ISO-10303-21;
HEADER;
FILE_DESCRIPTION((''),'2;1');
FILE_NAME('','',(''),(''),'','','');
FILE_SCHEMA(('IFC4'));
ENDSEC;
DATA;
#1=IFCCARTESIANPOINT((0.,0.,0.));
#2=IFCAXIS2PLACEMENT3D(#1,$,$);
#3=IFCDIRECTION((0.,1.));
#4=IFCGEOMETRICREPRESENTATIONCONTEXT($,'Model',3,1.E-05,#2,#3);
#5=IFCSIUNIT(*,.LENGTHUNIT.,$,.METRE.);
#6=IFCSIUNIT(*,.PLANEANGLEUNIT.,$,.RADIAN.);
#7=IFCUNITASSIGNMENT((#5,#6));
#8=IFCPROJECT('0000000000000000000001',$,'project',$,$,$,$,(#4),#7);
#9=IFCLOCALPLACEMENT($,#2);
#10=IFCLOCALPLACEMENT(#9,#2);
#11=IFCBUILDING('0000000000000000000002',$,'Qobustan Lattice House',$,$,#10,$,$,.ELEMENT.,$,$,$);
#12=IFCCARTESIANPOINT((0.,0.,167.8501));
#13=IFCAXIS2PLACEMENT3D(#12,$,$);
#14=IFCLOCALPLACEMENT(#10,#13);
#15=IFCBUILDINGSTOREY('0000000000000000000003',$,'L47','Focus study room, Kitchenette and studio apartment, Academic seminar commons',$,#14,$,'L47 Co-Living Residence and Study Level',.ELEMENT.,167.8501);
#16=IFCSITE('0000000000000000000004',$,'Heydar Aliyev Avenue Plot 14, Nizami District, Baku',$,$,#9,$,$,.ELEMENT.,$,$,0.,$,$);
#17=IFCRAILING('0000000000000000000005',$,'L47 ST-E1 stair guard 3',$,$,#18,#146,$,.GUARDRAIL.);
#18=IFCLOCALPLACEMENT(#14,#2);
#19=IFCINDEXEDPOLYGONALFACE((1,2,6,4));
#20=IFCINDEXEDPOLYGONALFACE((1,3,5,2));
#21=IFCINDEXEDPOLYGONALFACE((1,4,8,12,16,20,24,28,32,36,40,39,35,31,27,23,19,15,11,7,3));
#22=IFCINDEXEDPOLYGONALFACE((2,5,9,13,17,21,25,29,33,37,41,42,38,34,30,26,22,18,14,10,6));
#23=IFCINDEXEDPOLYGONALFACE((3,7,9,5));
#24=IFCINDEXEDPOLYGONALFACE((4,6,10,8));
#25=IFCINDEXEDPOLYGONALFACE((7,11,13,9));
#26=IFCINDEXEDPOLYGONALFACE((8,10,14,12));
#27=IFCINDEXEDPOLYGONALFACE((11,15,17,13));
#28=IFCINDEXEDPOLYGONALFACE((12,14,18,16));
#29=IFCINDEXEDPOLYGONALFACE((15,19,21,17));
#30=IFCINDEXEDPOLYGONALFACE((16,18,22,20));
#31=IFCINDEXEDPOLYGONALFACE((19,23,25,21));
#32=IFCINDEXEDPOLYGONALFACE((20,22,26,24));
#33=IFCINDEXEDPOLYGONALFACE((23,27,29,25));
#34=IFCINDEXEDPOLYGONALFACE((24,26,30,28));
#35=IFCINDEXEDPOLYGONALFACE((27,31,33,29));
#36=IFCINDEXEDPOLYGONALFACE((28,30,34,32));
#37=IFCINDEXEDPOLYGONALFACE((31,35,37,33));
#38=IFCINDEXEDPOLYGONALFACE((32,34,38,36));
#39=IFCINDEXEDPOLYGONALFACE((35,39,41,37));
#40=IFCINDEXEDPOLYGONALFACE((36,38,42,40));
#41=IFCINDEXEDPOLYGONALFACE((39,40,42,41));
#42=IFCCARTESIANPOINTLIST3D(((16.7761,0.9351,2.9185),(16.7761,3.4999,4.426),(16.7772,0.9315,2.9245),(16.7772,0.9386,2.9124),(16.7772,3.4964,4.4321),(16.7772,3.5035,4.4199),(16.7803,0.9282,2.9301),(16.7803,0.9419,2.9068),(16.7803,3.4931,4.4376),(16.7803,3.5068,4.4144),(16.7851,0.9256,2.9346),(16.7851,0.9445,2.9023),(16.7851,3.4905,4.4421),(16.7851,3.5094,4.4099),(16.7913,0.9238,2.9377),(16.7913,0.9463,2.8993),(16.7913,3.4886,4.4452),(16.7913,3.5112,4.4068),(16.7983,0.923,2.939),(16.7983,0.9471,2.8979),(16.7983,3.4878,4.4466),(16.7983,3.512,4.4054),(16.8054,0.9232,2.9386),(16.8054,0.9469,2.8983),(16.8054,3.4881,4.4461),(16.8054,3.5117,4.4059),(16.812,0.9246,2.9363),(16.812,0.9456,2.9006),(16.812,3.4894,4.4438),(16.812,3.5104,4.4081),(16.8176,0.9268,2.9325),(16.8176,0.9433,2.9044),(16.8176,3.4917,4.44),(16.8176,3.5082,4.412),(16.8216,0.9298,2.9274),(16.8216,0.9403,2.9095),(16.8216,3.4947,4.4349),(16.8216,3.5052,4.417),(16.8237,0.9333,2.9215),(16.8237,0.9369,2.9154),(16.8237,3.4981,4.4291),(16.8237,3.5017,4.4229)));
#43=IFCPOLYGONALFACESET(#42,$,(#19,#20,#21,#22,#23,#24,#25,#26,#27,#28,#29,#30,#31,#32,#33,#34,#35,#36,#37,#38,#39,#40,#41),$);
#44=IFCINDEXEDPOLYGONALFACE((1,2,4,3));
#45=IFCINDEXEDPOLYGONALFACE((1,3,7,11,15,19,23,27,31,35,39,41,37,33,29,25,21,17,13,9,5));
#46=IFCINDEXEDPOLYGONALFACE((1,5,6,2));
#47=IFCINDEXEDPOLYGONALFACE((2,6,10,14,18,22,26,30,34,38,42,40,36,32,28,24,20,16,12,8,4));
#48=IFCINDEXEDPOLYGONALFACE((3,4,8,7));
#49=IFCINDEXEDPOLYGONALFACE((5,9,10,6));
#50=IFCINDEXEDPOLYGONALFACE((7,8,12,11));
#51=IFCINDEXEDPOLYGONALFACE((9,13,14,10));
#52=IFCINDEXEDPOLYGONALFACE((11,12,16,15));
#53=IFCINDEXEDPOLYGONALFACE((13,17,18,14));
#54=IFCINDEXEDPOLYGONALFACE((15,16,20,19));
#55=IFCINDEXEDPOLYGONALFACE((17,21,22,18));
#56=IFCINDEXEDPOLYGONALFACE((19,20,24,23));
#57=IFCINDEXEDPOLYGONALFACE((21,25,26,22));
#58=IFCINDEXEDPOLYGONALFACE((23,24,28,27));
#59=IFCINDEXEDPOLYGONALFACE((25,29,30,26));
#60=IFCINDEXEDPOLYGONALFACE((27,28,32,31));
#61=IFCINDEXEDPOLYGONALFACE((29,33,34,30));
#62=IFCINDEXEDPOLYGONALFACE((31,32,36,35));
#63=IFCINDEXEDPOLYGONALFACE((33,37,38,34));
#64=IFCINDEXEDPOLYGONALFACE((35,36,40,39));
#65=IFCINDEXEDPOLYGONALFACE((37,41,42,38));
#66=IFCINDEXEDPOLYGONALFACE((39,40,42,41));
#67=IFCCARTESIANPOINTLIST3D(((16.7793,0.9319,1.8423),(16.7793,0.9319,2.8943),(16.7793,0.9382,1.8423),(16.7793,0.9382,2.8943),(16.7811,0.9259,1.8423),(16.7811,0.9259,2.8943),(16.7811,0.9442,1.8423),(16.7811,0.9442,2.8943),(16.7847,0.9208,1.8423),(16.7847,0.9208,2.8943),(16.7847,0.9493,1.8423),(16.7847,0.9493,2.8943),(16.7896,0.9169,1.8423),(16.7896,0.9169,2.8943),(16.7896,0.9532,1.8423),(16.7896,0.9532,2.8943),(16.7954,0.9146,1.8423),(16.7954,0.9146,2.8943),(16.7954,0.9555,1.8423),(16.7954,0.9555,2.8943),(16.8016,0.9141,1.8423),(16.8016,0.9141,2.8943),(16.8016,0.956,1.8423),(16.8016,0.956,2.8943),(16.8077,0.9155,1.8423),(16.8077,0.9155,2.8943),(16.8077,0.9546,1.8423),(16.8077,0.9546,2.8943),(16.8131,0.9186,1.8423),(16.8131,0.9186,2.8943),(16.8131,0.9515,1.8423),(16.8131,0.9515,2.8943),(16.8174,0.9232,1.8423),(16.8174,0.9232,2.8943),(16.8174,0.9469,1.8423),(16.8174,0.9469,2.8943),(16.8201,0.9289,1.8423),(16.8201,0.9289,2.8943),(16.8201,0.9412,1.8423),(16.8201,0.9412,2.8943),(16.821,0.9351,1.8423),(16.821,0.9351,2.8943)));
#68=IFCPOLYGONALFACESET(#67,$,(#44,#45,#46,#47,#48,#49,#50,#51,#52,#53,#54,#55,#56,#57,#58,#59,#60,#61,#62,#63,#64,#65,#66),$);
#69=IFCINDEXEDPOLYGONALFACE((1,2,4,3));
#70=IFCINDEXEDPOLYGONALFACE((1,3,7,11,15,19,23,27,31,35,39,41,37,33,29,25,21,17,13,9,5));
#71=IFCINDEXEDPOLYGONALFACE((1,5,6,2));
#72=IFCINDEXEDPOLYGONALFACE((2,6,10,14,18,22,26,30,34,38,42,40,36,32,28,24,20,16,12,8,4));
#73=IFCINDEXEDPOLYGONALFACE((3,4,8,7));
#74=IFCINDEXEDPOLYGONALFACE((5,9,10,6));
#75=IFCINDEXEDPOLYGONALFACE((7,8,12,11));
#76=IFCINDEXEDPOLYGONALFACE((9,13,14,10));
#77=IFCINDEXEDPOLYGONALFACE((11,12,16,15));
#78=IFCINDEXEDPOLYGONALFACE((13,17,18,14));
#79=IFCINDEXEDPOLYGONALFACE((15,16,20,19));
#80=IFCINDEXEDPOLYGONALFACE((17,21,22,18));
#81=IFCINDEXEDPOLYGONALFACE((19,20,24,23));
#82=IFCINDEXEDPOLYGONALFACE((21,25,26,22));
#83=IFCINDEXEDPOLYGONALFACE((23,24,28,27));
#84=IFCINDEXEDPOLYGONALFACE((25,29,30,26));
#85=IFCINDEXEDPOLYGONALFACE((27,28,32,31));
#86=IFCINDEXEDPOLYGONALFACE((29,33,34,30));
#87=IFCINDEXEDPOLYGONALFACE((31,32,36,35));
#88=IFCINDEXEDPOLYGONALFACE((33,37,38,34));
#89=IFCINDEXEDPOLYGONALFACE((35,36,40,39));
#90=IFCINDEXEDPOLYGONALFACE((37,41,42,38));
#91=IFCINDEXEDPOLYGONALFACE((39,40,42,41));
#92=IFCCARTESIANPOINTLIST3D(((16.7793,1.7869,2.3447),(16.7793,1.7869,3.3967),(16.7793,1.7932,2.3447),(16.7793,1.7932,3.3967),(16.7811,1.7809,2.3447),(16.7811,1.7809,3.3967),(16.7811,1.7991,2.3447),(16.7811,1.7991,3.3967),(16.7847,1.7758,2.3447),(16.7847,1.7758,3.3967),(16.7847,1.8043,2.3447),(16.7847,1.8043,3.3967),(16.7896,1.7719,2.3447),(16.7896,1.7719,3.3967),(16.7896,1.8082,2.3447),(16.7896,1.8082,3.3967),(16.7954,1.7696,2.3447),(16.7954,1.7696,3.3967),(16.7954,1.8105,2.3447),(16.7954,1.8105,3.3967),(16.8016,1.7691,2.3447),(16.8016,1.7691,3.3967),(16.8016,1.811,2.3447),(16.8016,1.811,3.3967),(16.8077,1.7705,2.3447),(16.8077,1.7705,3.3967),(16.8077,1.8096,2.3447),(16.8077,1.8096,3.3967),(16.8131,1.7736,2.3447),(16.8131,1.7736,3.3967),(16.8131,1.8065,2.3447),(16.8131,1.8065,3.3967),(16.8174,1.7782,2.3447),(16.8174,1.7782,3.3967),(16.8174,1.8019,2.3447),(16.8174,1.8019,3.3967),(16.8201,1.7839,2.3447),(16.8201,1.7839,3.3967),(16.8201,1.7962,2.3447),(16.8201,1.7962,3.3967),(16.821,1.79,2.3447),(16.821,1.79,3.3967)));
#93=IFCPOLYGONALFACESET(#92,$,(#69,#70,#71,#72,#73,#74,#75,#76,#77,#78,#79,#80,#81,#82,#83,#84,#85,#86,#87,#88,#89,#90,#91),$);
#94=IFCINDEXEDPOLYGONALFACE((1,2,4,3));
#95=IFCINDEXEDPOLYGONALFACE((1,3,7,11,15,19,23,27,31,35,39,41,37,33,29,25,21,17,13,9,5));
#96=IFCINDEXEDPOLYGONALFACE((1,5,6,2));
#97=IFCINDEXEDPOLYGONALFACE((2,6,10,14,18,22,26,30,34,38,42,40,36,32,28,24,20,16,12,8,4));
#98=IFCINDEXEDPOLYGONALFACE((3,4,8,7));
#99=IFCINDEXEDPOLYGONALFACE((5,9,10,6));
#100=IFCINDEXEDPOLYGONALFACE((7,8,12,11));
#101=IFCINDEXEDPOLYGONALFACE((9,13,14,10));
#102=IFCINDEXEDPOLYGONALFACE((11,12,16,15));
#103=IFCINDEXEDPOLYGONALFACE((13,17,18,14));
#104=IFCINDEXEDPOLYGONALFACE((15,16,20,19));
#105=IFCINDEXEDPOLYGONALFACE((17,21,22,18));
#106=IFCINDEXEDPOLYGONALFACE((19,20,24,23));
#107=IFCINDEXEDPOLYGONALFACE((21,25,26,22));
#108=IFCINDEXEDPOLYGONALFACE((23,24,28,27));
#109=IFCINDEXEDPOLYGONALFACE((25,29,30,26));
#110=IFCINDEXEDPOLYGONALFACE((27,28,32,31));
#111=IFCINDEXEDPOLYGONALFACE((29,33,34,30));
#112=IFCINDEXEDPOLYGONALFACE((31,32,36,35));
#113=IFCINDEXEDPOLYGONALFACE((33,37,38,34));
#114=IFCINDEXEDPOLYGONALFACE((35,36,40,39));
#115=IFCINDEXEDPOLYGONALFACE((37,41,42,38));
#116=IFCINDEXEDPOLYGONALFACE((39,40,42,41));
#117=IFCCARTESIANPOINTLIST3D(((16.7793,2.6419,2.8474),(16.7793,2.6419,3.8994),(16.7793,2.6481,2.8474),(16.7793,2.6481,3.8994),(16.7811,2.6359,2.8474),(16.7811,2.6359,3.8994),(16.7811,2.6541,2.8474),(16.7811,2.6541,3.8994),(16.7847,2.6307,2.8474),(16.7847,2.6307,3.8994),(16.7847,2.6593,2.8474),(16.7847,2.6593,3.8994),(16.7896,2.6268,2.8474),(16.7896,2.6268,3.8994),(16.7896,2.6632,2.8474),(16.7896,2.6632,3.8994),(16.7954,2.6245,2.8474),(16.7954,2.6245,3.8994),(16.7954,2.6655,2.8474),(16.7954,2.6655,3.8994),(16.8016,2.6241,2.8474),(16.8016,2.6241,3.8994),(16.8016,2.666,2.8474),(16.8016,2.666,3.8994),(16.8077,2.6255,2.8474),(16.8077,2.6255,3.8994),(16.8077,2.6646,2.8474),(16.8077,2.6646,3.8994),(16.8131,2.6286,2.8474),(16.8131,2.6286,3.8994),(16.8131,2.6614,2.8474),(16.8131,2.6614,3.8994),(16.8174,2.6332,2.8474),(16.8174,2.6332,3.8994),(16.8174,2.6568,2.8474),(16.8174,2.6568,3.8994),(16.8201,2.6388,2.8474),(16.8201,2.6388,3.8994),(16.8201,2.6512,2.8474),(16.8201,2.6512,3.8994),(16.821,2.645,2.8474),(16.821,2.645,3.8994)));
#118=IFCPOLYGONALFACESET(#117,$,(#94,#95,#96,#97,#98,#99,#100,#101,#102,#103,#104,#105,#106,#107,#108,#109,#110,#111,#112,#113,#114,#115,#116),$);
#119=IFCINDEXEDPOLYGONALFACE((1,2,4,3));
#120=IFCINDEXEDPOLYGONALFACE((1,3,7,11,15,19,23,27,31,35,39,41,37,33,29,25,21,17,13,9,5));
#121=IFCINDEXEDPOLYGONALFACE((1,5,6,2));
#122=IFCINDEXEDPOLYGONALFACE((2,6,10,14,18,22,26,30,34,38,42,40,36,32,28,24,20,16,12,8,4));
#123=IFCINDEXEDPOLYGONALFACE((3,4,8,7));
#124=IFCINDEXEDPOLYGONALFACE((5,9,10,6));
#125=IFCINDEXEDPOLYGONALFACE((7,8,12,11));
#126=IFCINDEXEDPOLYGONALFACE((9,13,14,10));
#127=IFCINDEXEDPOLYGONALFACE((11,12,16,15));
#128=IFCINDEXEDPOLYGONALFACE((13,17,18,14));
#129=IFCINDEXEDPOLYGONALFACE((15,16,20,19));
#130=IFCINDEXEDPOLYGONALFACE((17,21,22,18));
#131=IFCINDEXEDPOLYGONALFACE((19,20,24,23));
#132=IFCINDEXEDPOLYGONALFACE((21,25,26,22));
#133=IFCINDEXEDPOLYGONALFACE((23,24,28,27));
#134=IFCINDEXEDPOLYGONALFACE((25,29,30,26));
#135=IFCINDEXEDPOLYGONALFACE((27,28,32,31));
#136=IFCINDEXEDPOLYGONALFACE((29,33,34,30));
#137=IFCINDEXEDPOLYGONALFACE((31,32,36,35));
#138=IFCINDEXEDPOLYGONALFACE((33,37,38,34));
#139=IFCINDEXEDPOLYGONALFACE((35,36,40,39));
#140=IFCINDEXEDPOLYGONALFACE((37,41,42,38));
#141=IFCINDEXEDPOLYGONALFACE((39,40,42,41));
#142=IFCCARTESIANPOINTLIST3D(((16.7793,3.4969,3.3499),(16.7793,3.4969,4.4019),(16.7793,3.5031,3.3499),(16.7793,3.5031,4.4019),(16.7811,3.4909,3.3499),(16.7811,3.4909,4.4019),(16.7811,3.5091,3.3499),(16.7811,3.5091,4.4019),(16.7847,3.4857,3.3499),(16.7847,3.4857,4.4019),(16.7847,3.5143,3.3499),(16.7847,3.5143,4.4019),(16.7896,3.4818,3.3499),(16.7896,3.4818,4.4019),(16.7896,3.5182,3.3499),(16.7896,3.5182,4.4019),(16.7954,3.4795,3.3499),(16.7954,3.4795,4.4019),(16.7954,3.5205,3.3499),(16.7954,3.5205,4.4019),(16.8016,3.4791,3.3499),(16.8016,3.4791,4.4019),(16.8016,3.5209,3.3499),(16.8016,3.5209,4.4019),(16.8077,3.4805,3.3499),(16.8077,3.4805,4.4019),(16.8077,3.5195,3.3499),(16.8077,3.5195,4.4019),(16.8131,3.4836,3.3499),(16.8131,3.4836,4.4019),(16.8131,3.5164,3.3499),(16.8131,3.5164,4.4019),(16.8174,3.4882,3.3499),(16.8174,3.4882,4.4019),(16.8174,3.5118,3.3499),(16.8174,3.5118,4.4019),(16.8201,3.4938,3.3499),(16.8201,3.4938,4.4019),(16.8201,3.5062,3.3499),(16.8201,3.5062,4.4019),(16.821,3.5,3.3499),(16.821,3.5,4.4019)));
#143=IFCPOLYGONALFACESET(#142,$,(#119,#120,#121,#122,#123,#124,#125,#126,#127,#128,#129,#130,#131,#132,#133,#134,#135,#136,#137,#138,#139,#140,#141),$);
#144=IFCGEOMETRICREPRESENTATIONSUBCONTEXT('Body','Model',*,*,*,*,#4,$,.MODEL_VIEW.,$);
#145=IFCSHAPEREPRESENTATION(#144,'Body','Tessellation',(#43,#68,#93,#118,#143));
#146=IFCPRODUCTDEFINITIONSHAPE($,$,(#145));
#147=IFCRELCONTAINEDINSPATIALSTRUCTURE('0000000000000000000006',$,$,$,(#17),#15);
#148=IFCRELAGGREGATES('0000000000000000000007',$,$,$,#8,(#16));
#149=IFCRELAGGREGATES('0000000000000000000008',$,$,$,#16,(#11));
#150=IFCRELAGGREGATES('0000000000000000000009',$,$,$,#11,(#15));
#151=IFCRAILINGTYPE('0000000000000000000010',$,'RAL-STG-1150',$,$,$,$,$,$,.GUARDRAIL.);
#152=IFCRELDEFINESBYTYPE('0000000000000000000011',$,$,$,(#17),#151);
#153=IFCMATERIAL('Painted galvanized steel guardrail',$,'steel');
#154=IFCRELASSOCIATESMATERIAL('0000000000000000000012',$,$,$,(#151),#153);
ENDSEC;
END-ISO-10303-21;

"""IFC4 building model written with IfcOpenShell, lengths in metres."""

from ifc_helpers import new_model, si_unit, direction, frame, origin, origin_2d, place, context, subcontext, project, spatial, circle, extrude, material, type_object, element, save


model = new_model("IFC4")

# Units and contexts
model_context = context("Model", 3, precision=1e-05, world=origin(), true_north=direction((0.0, 1.0)))
body_context = subcontext(model_context, "Body", "Model", "MODEL_VIEW")
ifc_project = project(units=[si_unit("LENGTHUNIT", "METRE"), si_unit("PLANEANGLEUNIT", "RADIAN")], contexts=[model_context])

# Site, building, storey
site_placement = place(None, origin())
site = spatial("IfcSite", under=ifc_project, at=site_placement, Name="Heydar Aliyev Avenue Plot 14, Nizami District, Baku", CompositionType="ELEMENT", RefElevation=0.0)
building_placement = place(site_placement, origin())
building = spatial("IfcBuilding", under=site, at=building_placement, Name="Qobustan Lattice House", CompositionType="ELEMENT")
storey_placement = place(building_placement, frame((0.0, 0.0, 167.8501)))
storey = spatial("IfcBuildingStorey", under=building, at=storey_placement, Name="L47", Description="Focus study room, Kitchenette and studio apartment, Academic seminar commons", LongName="L47 Co-Living Residence and Study Level", CompositionType="ELEMENT", Elevation=167.8501)

# Railing
ifc_material_1 = material(Name="Painted galvanized steel guardrail", Category="steel")
railing_type_1 = type_object("IfcRailingType", Name="RAL-STG-1150", PredefinedType="GUARDRAIL", material=ifc_material_1)
railing_1_placement = place(storey_placement, frame((16.8, 0.9351, 1.8423)))
element("IfcRailing", 1, at=railing_1_placement, inside=storey, type_object=railing_type_1, Name="L47 ST-E1 stair guard 3", PredefinedType="GUARDRAIL", context=body_context, shape_type="SweptSolid", body=[
    extrude(circle(Radius=0.0239, at=origin_2d()), frame((0.0, 0.0, 1.0762), z_axis=(0.0, 0.862113, 0.506715), x_axis=(-1.0, 0.0, 0.0)), (0.0, 0.0, 1.0), 2.9751),
    extrude(circle(Radius=0.021, at=origin_2d()), origin(), (0.0, 0.0, 1.0), 1.052),
    extrude(circle(Radius=0.021, at=origin_2d()), frame((0.0, 0.855, 0.5024)), (0.0, 0.0, 1.0), 1.052),
    extrude(circle(Radius=0.021, at=origin_2d()), frame((0.0, 1.71, 1.0051)), (0.0, 0.0, 1.0), 1.052),
    extrude(circle(Radius=0.021, at=origin_2d()), frame((0.0, 2.5649, 1.5076)), (0.0, 0.0, 1.0), 1.052),
])

save(model, "model.ifc")
